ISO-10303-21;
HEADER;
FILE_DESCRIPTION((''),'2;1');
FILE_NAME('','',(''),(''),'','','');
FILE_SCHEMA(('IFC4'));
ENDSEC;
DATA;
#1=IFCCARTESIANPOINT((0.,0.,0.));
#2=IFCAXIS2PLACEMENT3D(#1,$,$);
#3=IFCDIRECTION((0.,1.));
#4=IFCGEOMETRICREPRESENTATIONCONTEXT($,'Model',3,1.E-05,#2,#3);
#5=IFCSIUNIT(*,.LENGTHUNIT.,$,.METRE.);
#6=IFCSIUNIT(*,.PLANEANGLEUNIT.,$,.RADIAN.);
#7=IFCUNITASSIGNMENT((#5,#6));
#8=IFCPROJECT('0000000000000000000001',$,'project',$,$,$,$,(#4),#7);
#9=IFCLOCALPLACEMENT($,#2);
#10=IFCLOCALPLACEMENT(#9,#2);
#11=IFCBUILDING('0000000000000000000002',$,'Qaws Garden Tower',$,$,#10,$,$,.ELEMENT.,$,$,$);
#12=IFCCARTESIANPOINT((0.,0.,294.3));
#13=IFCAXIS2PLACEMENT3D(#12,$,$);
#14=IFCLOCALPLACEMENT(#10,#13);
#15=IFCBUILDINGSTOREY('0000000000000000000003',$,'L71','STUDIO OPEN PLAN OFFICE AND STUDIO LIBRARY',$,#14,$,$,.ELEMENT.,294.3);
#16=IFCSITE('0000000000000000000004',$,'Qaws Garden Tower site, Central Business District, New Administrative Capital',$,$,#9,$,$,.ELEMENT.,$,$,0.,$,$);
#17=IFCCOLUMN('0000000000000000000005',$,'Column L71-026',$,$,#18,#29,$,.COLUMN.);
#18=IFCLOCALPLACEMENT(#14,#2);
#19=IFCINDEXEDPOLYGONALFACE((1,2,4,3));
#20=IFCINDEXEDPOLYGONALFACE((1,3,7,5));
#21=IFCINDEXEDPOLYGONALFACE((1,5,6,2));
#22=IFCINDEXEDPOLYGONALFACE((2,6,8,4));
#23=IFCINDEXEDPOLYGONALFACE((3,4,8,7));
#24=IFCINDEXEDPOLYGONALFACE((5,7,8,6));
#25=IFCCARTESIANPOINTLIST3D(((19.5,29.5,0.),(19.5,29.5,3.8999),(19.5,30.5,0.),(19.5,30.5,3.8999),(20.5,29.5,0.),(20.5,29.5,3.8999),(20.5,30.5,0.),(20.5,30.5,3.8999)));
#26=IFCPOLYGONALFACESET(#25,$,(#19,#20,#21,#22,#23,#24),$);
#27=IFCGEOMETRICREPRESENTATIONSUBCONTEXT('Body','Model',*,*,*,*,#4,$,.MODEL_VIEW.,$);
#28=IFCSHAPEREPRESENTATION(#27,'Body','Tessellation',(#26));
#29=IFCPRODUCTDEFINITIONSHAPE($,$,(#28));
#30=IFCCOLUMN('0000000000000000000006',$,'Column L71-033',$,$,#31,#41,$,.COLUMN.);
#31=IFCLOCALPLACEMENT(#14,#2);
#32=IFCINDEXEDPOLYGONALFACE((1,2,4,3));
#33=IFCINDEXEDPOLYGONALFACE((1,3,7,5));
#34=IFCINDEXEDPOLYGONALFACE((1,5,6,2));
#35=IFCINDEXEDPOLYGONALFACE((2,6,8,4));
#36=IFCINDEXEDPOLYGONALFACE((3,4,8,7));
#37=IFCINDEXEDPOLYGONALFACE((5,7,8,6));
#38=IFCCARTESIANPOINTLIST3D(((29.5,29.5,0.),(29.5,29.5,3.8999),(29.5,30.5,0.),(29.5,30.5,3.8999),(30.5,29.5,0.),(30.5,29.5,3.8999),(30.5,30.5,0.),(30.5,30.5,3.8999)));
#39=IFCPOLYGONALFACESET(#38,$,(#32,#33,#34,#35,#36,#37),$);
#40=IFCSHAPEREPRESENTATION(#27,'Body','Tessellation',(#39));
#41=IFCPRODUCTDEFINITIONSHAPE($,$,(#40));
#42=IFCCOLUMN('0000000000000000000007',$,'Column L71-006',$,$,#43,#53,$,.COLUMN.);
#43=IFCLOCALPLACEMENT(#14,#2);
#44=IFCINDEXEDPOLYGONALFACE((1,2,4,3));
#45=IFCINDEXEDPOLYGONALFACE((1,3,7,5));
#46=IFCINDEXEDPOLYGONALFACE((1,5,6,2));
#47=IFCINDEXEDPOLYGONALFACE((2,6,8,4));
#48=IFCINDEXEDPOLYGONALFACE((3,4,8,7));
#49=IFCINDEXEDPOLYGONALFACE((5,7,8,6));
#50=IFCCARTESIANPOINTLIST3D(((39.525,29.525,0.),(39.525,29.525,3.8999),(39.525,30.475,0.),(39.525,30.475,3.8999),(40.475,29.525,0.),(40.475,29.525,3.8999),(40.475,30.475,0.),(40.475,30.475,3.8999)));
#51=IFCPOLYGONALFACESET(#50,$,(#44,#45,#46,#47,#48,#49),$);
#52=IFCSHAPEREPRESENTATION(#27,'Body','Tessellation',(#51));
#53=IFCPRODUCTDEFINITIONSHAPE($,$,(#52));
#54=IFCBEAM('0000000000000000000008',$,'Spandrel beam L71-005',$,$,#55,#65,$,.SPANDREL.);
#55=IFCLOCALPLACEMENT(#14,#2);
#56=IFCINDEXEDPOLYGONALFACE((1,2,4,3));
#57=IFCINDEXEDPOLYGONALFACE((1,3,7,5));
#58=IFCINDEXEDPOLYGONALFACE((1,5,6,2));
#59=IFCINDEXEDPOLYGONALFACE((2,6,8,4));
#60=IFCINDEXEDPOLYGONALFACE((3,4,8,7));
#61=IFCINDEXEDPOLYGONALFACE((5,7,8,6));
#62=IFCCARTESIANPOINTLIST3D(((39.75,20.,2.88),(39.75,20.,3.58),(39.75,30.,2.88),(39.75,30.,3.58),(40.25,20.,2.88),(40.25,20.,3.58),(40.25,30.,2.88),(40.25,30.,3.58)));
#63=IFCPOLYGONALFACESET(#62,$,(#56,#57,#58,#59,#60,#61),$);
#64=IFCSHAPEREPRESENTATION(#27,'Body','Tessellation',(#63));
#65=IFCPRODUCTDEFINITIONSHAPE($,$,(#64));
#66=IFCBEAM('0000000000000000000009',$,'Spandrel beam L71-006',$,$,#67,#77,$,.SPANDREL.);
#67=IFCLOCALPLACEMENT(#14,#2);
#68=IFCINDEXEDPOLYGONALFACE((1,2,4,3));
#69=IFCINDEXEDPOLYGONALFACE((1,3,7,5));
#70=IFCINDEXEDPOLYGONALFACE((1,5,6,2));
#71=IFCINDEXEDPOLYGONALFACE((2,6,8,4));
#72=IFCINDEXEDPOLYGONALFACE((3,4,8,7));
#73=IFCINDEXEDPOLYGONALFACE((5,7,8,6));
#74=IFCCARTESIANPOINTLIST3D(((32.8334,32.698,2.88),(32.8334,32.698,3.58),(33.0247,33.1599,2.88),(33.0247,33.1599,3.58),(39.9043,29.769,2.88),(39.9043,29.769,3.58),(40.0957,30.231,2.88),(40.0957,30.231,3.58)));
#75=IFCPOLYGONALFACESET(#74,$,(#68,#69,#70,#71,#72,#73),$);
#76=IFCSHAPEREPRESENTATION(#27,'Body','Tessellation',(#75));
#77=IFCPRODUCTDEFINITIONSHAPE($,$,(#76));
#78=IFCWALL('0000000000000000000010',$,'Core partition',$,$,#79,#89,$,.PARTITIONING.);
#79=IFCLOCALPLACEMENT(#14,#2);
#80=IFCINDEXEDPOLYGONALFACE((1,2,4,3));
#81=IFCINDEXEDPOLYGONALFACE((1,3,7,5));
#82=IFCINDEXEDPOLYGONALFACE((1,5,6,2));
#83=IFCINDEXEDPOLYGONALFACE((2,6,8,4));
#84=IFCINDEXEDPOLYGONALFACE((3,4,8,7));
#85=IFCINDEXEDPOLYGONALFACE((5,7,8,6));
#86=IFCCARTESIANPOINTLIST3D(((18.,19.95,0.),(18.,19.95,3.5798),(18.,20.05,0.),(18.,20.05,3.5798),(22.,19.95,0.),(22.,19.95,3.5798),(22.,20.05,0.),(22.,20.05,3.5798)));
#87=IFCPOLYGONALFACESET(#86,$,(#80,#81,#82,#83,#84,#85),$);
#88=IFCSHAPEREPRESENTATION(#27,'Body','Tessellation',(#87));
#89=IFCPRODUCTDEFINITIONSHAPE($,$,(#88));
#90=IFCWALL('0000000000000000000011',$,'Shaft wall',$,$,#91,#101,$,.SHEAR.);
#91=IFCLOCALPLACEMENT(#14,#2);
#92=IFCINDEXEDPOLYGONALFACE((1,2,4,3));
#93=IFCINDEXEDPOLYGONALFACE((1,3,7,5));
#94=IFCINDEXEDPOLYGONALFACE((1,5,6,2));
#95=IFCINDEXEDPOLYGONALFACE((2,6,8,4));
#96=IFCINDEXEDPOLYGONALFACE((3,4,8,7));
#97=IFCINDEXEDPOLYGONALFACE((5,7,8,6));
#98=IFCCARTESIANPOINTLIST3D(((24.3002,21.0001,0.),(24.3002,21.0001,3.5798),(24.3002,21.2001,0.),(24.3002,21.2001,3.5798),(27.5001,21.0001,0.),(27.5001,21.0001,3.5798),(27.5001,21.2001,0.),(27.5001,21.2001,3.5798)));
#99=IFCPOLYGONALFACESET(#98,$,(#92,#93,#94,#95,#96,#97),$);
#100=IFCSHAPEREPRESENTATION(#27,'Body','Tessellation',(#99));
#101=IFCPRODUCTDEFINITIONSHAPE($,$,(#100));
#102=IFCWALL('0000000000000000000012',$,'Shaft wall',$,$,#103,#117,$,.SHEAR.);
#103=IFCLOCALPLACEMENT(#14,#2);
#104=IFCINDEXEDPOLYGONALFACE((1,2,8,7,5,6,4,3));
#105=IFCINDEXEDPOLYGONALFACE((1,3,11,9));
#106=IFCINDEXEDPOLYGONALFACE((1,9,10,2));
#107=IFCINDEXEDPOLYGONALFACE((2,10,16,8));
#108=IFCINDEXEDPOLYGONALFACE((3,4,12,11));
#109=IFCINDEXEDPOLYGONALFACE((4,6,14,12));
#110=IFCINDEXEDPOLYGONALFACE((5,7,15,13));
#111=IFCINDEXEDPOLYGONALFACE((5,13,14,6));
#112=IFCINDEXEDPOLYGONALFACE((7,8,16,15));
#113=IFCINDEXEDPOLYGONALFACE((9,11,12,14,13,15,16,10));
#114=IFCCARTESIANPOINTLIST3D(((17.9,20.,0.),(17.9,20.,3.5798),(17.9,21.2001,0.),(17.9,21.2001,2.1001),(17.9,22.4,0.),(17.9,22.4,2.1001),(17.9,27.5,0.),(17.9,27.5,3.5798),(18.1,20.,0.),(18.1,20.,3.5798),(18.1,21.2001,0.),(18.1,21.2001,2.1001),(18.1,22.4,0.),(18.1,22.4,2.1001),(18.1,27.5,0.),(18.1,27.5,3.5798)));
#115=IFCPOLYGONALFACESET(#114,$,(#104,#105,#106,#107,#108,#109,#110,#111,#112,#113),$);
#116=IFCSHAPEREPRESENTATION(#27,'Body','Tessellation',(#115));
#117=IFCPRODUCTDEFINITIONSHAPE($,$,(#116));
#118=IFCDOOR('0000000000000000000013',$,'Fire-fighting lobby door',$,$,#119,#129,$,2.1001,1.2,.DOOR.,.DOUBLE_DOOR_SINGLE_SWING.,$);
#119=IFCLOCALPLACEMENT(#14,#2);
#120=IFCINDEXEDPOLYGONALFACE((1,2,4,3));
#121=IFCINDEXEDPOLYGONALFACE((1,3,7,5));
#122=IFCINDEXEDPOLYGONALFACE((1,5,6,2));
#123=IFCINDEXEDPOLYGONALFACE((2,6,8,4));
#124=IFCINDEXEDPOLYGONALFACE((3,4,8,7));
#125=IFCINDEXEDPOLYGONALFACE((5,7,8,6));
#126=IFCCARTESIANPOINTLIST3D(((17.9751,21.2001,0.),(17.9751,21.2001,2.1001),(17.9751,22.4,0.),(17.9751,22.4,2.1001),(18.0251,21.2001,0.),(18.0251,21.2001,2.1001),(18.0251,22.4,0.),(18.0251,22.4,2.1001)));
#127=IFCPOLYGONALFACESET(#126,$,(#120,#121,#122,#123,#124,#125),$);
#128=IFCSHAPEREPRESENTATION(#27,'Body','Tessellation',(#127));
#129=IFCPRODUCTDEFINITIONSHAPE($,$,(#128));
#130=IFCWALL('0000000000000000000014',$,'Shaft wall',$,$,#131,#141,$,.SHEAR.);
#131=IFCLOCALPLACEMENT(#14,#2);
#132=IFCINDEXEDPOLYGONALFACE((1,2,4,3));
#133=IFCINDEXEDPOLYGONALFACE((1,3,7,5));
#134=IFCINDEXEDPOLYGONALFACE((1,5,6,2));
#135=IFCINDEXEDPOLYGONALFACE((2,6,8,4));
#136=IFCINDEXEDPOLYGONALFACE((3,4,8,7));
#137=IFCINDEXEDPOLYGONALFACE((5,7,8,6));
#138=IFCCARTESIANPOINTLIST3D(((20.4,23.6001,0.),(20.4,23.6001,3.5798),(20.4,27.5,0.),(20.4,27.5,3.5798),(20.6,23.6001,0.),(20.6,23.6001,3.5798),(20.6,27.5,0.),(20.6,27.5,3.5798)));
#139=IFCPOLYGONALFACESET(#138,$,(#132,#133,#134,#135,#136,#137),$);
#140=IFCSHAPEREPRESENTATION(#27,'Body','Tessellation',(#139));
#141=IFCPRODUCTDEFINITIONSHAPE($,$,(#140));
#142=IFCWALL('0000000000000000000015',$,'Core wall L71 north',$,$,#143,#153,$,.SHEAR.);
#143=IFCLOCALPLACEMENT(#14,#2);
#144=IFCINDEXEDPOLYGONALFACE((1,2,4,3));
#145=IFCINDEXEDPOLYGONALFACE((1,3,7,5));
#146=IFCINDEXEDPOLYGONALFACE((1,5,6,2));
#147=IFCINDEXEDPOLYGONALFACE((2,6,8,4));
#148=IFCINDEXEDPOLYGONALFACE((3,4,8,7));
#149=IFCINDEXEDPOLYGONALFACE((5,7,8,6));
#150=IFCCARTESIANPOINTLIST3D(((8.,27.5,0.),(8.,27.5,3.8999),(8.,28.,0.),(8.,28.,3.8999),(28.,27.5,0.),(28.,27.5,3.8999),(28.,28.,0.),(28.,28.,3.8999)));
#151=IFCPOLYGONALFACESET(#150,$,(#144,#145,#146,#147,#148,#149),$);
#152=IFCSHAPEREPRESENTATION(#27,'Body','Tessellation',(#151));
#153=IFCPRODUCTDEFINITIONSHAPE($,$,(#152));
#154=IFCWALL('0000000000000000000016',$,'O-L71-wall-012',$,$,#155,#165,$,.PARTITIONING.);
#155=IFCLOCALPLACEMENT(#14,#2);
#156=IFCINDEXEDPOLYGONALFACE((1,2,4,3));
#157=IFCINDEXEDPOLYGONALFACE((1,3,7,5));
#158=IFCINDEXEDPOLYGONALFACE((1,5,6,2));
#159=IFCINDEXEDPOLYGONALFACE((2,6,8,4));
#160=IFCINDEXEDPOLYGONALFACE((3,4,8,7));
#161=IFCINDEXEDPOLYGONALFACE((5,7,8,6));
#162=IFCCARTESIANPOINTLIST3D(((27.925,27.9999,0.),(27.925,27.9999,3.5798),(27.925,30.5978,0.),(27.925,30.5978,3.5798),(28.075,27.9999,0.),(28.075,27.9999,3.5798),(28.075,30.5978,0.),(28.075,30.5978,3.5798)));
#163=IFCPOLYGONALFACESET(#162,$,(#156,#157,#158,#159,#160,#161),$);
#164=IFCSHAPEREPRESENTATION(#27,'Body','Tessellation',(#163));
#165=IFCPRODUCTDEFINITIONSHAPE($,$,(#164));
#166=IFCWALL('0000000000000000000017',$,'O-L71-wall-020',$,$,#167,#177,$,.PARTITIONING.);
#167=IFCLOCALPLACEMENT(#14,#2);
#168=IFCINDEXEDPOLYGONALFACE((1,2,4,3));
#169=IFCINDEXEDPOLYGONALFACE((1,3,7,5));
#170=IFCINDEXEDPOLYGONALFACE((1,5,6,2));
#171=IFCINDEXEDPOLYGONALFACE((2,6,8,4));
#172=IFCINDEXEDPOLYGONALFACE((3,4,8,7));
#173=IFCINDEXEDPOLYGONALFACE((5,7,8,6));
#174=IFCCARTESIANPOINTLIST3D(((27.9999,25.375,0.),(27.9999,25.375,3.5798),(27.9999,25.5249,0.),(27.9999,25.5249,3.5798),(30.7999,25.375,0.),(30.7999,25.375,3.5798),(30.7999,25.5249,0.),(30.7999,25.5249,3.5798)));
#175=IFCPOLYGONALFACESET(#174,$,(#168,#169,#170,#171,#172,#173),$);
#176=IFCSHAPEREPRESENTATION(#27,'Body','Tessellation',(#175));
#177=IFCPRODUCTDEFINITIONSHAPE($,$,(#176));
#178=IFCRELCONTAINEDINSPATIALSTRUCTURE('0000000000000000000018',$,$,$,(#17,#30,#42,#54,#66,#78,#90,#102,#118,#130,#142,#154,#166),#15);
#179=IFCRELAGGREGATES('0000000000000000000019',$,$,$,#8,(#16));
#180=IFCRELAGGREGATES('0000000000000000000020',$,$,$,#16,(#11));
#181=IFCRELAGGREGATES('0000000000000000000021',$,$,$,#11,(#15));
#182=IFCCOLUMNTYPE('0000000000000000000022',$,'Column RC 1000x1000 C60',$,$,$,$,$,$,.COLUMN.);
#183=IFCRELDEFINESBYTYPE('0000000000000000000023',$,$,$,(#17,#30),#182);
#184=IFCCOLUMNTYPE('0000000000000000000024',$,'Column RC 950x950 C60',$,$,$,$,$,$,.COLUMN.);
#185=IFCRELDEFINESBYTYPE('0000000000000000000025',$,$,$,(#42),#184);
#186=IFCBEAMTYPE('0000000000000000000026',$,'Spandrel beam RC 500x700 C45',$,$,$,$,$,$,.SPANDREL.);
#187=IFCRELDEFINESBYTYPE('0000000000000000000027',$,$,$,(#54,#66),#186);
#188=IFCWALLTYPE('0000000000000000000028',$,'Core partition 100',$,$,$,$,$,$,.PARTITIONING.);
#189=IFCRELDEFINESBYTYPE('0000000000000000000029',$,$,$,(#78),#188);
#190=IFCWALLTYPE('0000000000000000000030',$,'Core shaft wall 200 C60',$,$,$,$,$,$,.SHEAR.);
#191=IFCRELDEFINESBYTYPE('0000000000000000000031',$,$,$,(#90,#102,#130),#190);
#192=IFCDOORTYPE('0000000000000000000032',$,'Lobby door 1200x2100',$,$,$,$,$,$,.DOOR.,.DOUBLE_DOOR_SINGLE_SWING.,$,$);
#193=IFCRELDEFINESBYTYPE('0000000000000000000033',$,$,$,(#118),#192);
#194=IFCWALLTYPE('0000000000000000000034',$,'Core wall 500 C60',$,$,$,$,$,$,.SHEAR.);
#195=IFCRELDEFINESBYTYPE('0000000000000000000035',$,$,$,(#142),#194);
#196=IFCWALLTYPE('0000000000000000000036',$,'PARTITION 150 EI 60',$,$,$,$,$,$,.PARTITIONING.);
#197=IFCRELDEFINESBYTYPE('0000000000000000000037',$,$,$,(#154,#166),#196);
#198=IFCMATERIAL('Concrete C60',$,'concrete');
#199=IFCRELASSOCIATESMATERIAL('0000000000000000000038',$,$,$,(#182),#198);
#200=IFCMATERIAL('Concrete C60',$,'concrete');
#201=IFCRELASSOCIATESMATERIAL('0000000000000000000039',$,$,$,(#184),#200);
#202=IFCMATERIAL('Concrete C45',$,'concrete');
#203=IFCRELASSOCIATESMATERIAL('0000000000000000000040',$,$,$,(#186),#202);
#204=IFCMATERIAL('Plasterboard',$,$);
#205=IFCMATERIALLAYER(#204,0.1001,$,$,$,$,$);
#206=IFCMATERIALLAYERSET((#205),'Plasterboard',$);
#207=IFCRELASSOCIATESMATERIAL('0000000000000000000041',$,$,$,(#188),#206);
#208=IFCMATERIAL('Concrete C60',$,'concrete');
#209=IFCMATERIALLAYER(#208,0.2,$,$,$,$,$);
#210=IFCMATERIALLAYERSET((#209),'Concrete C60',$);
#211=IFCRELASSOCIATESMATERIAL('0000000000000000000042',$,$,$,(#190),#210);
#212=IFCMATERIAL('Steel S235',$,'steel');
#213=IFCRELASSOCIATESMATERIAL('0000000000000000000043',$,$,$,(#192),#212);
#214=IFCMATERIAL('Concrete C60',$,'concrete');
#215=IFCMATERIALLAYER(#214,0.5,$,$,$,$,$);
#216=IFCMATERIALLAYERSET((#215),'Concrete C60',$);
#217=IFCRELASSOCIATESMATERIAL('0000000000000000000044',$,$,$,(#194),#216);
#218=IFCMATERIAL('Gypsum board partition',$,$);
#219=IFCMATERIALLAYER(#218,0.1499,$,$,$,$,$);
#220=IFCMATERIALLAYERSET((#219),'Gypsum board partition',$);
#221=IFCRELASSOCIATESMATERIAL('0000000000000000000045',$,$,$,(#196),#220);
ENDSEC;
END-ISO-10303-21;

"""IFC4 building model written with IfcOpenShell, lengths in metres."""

from ifc_helpers import new_model, si_unit, direction, frame, frame_2d, origin, origin_2d, place, context, subcontext, project, spatial, rectangle, extrude, material, layer, layer_set, material_profile, profile_set, type_object, element, fill, save


model = new_model("IFC4")

# Units and contexts
model_context = context("Model", 3, precision=1e-05, world=origin(), true_north=direction((0.0, 1.0)))
body_context = subcontext(model_context, "Body", "Model", "MODEL_VIEW")
ifc_project = project(units=[si_unit("LENGTHUNIT", "METRE"), si_unit("PLANEANGLEUNIT", "RADIAN")], contexts=[model_context])

# Site, building, storey
site_placement = place(None, origin())
site = spatial("IfcSite", under=ifc_project, at=site_placement, Name="Qaws Garden Tower site, Central Business District, New Administrative Capital", CompositionType="ELEMENT", RefElevation=0.0)
building_placement = place(site_placement, origin())
building = spatial("IfcBuilding", under=site, at=building_placement, Name="Qaws Garden Tower", CompositionType="ELEMENT")
storey_placement = place(building_placement, frame((0.0, 0.0, 294.3)))
storey = spatial("IfcBuildingStorey", under=building, at=storey_placement, Name="L71", Description="STUDIO OPEN PLAN OFFICE AND STUDIO LIBRARY", CompositionType="ELEMENT", Elevation=294.3)

# Columns
ifc_material_1 = material(Name="Concrete C60", Category="concrete")
ifc_material_profile_1 = material_profile(ifc_material_1, rectangle(XDim=1.0, YDim=1.0, at=origin_2d()), Name="RC 1000x1000")
ifc_profile_set_1 = profile_set([ifc_material_profile_1], Name="Concrete C60")
column_type_1 = type_object("IfcColumnType", Name="Column RC 1000x1000 C60", PredefinedType="COLUMN", material=ifc_profile_set_1)
for number, where, z_axis, x_axis, name in (
    (1, (20.0, 30.0, 0.0), (0.0, 0.0, 1.0), (1.0, 0.0, 0.0), "Column L71-026"),
    (2, (30.0, 30.0, 0.0), (0.0, 0.0, 1.0), (1.0, 0.0, 0.0), "Column L71-033"),
):
    element("IfcColumn", number, at=place(storey_placement, frame(where, z_axis=z_axis, x_axis=x_axis)), inside=storey, type_object=column_type_1, Name=name, PredefinedType="COLUMN", context=body_context, shape_type="SweptSolid", body=[
        extrude(rectangle(XDim=1.0, YDim=1.0, at=origin_2d()), origin(), (0.0, 0.0, 1.0), 3.8999),
    ])
ifc_material_2 = material(Name="Concrete C60", Category="concrete")
ifc_material_profile_2 = material_profile(ifc_material_2, rectangle(XDim=0.95, YDim=0.95, at=origin_2d()), Name="RC 950x950")
ifc_profile_set_2 = profile_set([ifc_material_profile_2], Name="Concrete C60")
column_type_2 = type_object("IfcColumnType", Name="Column RC 950x950 C60", PredefinedType="COLUMN", material=ifc_profile_set_2)
column_placement = place(storey_placement, frame((40.0, 30.0, 0.0), z_axis=(0.0, 0.0, 1.0), x_axis=(1.0, 0.0, 0.0)))
element("IfcColumn", 3, at=column_placement, inside=storey, type_object=column_type_2, Name="Column L71-006", PredefinedType="COLUMN", context=body_context, shape_type="SweptSolid", body=[
    extrude(rectangle(XDim=0.95, YDim=0.95, at=origin_2d()), origin(), (0.0, 0.0, 1.0), 3.8999),
])

# Beams
ifc_material_3 = material(Name="Concrete C45", Category="concrete")
ifc_material_profile_3 = material_profile(ifc_material_3, rectangle(XDim=0.5, YDim=0.7, at=origin_2d()), Name="RC 500x700")
ifc_profile_set_3 = profile_set([ifc_material_profile_3], Name="Concrete C45")
beam_type = type_object("IfcBeamType", Name="Spandrel beam RC 500x700 C45", PredefinedType="SPANDREL", material=ifc_profile_set_3)
beam_1_placement = place(storey_placement, frame((40.0, 20.0, 3.23), z_axis=(0.0, 1.0, 0.0), x_axis=(-1.0, 0.0, 0.0)))
element("IfcBeam", 4, at=beam_1_placement, inside=storey, type_object=beam_type, Name="Spandrel beam L71-005", PredefinedType="SPANDREL", context=body_context, shape_type="SweptSolid", body=[
    extrude(rectangle(XDim=0.5, YDim=0.7, at=origin_2d()), origin(), (0.0, 0.0, 1.0), 10.0),
])
beam_2_placement = place(storey_placement, frame((40.0, 30.0, 3.23), z_axis=(-0.923878, 0.382687, 0.0), x_axis=(-0.382687, -0.923878, 0.0)))
element("IfcBeam", 5, at=beam_2_placement, inside=storey, type_object=beam_type, Name="Spandrel beam L71-006", PredefinedType="SPANDREL", context=body_context, shape_type="SweptSolid", body=[
    extrude(rectangle(XDim=0.5, YDim=0.7, at=origin_2d()), origin(), (0.0, 0.0, 1.0), 7.6536),
])

# Walls
ifc_material_4 = material(Name="Plasterboard")
ifc_layer_1 = layer(ifc_material_4, 0.1001)
ifc_layer_set_1 = layer_set([ifc_layer_1], Name="Plasterboard")
wall_type_1 = type_object("IfcWallType", Name="Core partition 100", PredefinedType="PARTITIONING", material=ifc_layer_set_1)
wall_1_placement = place(storey_placement, frame((18.0, 20.0, 0.0), z_axis=(0.0, 0.0, 1.0), x_axis=(1.0, 0.0, 0.0)))
element("IfcWall", 6, at=wall_1_placement, inside=storey, type_object=wall_type_1, Name="Core partition", PredefinedType="PARTITIONING", context=body_context, shape_type="SweptSolid", body=[
    extrude(rectangle(XDim=4.0, YDim=0.1001, at=frame_2d((2.0, 0.0))), origin(), (0.0, 0.0, 1.0), 3.5798),
])
ifc_material_5 = material(Name="Concrete C60", Category="concrete")
ifc_layer_2 = layer(ifc_material_5, 0.2)
ifc_layer_set_2 = layer_set([ifc_layer_2], Name="Concrete C60")
wall_type_2 = type_object("IfcWallType", Name="Core shaft wall 200 C60", PredefinedType="SHEAR", material=ifc_layer_set_2)
wall_2_placement = place(storey_placement, frame((24.3, 21.1001, 0.0), z_axis=(0.0, 0.0, 1.0), x_axis=(1.0, 0.0, 0.0)))
element("IfcWall", 7, at=wall_2_placement, inside=storey, type_object=wall_type_2, Name="Shaft wall", PredefinedType="SHEAR", context=body_context, shape_type="SweptSolid", body=[
    extrude(rectangle(XDim=3.2, YDim=0.2, at=frame_2d((1.6001, 0.0))), origin(), (0.0, 0.0, 1.0), 3.5798),
])

# Wall, opening, door
wall_3_placement = place(storey_placement, frame((18.0, 20.0, 0.0), z_axis=(0.0, 0.0, 1.0), x_axis=(0.0, 1.0, 0.0)))
wall_3 = element("IfcWall", 8, at=wall_3_placement, inside=storey, type_object=wall_type_2, Name="Shaft wall", PredefinedType="SHEAR", context=body_context, shape_type="SweptSolid", body=[
    extrude(rectangle(XDim=7.5, YDim=0.2, at=frame_2d((3.75, 0.0))), origin(), (0.0, 0.0, 1.0), 3.5798),
])
opening_placement = place(wall_3_placement, frame((1.2, 0.0, 0.0)))
opening = element("IfcOpeningElement", 9, at=opening_placement, cuts=wall_3, PredefinedType="OPENING", context=body_context, shape_type="SweptSolid", body=[
    extrude(rectangle(XDim=1.2, YDim=2.1001, at=frame_2d((0.6001, 1.05))), frame((0.0, 0.1099, 0.0), z_axis=(0.0, -1.0, 0.0), x_axis=(1.0, 0.0, 0.0)), (0.0, 0.0, 1.0), 0.22),
])
ifc_material_6 = material(Name="Steel S235", Category="steel")
door_type = type_object("IfcDoorType", Name="Lobby door 1200x2100", OperationType="DOUBLE_DOOR_SINGLE_SWING", PredefinedType="DOOR", material=ifc_material_6)
door_placement = place(opening_placement, origin())
door = element("IfcDoor", 10, at=door_placement, inside=storey, type_object=door_type, Name="Fire-fighting lobby door", OperationType="DOUBLE_DOOR_SINGLE_SWING", OverallHeight=2.1001, OverallWidth=1.2, PredefinedType="DOOR", context=body_context, shape_type="SweptSolid", body=[
    extrude(rectangle(XDim=1.2, YDim=2.1001, at=frame_2d((0.6001, 1.05))), frame((0.0, 0.0249, 0.0), z_axis=(0.0, -1.0, 0.0), x_axis=(1.0, 0.0, 0.0)), (0.0, 0.0, 1.0), 0.05),
])
fill(opening, door)

# Walls
wall_4_placement = place(storey_placement, frame((20.5, 23.6001, 0.0), z_axis=(0.0, 0.0, 1.0), x_axis=(0.0, 1.0, 0.0)))
element("IfcWall", 11, at=wall_4_placement, inside=storey, type_object=wall_type_2, Name="Shaft wall", PredefinedType="SHEAR", context=body_context, shape_type="SweptSolid", body=[
    extrude(rectangle(XDim=3.8999, YDim=0.2, at=frame_2d((1.95, 0.0))), origin(), (0.0, 0.0, 1.0), 3.5798),
])
ifc_material_7 = material(Name="Concrete C60", Category="concrete")
ifc_layer_3 = layer(ifc_material_7, 0.5)
ifc_layer_set_3 = layer_set([ifc_layer_3], Name="Concrete C60")
wall_type_3 = type_object("IfcWallType", Name="Core wall 500 C60", PredefinedType="SHEAR", material=ifc_layer_set_3)
wall_5_placement = place(storey_placement, frame((28.0, 27.75, 0.0), z_axis=(0.0, 0.0, 1.0), x_axis=(-1.0, 0.0, 0.0)))
element("IfcWall", 12, at=wall_5_placement, inside=storey, type_object=wall_type_3, Name="Core wall L71 north", PredefinedType="SHEAR", context=body_context, shape_type="SweptSolid", body=[
    extrude(rectangle(XDim=20.0, YDim=0.5, at=frame_2d((10.0, 0.0))), origin(), (0.0, 0.0, 1.0), 3.8999),
])
ifc_material_8 = material(Name="Gypsum board partition")
ifc_layer_4 = layer(ifc_material_8, 0.1499)
ifc_layer_set_4 = layer_set([ifc_layer_4], Name="Gypsum board partition")
wall_type_4 = type_object("IfcWallType", Name="PARTITION 150 EI 60", PredefinedType="PARTITIONING", material=ifc_layer_set_4)
wall_6_placement = place(storey_placement, frame((28.0, 28.0, 0.0), z_axis=(0.0, 0.0, 1.0), x_axis=(0.0, 1.0, 0.0)))
element("IfcWall", 13, at=wall_6_placement, inside=storey, type_object=wall_type_4, Name="O-L71-wall-012", PredefinedType="PARTITIONING", context=body_context, shape_type="SweptSolid", body=[
    extrude(rectangle(XDim=2.5979, YDim=0.1499, at=frame_2d((1.2988, 0.0))), origin(), (0.0, 0.0, 1.0), 3.5798),
])
wall_7_placement = place(storey_placement, frame((28.0, 25.45, 0.0), z_axis=(0.0, 0.0, 1.0), x_axis=(1.0, 0.0, 0.0)))
element("IfcWall", 14, at=wall_7_placement, inside=storey, type_object=wall_type_4, Name="O-L71-wall-020", PredefinedType="PARTITIONING", context=body_context, shape_type="SweptSolid", body=[
    extrude(rectangle(XDim=2.8, YDim=0.1499, at=frame_2d((1.3999, 0.0))), origin(), (0.0, 0.0, 1.0), 3.5798),
])

save(model, "model.ifc")
